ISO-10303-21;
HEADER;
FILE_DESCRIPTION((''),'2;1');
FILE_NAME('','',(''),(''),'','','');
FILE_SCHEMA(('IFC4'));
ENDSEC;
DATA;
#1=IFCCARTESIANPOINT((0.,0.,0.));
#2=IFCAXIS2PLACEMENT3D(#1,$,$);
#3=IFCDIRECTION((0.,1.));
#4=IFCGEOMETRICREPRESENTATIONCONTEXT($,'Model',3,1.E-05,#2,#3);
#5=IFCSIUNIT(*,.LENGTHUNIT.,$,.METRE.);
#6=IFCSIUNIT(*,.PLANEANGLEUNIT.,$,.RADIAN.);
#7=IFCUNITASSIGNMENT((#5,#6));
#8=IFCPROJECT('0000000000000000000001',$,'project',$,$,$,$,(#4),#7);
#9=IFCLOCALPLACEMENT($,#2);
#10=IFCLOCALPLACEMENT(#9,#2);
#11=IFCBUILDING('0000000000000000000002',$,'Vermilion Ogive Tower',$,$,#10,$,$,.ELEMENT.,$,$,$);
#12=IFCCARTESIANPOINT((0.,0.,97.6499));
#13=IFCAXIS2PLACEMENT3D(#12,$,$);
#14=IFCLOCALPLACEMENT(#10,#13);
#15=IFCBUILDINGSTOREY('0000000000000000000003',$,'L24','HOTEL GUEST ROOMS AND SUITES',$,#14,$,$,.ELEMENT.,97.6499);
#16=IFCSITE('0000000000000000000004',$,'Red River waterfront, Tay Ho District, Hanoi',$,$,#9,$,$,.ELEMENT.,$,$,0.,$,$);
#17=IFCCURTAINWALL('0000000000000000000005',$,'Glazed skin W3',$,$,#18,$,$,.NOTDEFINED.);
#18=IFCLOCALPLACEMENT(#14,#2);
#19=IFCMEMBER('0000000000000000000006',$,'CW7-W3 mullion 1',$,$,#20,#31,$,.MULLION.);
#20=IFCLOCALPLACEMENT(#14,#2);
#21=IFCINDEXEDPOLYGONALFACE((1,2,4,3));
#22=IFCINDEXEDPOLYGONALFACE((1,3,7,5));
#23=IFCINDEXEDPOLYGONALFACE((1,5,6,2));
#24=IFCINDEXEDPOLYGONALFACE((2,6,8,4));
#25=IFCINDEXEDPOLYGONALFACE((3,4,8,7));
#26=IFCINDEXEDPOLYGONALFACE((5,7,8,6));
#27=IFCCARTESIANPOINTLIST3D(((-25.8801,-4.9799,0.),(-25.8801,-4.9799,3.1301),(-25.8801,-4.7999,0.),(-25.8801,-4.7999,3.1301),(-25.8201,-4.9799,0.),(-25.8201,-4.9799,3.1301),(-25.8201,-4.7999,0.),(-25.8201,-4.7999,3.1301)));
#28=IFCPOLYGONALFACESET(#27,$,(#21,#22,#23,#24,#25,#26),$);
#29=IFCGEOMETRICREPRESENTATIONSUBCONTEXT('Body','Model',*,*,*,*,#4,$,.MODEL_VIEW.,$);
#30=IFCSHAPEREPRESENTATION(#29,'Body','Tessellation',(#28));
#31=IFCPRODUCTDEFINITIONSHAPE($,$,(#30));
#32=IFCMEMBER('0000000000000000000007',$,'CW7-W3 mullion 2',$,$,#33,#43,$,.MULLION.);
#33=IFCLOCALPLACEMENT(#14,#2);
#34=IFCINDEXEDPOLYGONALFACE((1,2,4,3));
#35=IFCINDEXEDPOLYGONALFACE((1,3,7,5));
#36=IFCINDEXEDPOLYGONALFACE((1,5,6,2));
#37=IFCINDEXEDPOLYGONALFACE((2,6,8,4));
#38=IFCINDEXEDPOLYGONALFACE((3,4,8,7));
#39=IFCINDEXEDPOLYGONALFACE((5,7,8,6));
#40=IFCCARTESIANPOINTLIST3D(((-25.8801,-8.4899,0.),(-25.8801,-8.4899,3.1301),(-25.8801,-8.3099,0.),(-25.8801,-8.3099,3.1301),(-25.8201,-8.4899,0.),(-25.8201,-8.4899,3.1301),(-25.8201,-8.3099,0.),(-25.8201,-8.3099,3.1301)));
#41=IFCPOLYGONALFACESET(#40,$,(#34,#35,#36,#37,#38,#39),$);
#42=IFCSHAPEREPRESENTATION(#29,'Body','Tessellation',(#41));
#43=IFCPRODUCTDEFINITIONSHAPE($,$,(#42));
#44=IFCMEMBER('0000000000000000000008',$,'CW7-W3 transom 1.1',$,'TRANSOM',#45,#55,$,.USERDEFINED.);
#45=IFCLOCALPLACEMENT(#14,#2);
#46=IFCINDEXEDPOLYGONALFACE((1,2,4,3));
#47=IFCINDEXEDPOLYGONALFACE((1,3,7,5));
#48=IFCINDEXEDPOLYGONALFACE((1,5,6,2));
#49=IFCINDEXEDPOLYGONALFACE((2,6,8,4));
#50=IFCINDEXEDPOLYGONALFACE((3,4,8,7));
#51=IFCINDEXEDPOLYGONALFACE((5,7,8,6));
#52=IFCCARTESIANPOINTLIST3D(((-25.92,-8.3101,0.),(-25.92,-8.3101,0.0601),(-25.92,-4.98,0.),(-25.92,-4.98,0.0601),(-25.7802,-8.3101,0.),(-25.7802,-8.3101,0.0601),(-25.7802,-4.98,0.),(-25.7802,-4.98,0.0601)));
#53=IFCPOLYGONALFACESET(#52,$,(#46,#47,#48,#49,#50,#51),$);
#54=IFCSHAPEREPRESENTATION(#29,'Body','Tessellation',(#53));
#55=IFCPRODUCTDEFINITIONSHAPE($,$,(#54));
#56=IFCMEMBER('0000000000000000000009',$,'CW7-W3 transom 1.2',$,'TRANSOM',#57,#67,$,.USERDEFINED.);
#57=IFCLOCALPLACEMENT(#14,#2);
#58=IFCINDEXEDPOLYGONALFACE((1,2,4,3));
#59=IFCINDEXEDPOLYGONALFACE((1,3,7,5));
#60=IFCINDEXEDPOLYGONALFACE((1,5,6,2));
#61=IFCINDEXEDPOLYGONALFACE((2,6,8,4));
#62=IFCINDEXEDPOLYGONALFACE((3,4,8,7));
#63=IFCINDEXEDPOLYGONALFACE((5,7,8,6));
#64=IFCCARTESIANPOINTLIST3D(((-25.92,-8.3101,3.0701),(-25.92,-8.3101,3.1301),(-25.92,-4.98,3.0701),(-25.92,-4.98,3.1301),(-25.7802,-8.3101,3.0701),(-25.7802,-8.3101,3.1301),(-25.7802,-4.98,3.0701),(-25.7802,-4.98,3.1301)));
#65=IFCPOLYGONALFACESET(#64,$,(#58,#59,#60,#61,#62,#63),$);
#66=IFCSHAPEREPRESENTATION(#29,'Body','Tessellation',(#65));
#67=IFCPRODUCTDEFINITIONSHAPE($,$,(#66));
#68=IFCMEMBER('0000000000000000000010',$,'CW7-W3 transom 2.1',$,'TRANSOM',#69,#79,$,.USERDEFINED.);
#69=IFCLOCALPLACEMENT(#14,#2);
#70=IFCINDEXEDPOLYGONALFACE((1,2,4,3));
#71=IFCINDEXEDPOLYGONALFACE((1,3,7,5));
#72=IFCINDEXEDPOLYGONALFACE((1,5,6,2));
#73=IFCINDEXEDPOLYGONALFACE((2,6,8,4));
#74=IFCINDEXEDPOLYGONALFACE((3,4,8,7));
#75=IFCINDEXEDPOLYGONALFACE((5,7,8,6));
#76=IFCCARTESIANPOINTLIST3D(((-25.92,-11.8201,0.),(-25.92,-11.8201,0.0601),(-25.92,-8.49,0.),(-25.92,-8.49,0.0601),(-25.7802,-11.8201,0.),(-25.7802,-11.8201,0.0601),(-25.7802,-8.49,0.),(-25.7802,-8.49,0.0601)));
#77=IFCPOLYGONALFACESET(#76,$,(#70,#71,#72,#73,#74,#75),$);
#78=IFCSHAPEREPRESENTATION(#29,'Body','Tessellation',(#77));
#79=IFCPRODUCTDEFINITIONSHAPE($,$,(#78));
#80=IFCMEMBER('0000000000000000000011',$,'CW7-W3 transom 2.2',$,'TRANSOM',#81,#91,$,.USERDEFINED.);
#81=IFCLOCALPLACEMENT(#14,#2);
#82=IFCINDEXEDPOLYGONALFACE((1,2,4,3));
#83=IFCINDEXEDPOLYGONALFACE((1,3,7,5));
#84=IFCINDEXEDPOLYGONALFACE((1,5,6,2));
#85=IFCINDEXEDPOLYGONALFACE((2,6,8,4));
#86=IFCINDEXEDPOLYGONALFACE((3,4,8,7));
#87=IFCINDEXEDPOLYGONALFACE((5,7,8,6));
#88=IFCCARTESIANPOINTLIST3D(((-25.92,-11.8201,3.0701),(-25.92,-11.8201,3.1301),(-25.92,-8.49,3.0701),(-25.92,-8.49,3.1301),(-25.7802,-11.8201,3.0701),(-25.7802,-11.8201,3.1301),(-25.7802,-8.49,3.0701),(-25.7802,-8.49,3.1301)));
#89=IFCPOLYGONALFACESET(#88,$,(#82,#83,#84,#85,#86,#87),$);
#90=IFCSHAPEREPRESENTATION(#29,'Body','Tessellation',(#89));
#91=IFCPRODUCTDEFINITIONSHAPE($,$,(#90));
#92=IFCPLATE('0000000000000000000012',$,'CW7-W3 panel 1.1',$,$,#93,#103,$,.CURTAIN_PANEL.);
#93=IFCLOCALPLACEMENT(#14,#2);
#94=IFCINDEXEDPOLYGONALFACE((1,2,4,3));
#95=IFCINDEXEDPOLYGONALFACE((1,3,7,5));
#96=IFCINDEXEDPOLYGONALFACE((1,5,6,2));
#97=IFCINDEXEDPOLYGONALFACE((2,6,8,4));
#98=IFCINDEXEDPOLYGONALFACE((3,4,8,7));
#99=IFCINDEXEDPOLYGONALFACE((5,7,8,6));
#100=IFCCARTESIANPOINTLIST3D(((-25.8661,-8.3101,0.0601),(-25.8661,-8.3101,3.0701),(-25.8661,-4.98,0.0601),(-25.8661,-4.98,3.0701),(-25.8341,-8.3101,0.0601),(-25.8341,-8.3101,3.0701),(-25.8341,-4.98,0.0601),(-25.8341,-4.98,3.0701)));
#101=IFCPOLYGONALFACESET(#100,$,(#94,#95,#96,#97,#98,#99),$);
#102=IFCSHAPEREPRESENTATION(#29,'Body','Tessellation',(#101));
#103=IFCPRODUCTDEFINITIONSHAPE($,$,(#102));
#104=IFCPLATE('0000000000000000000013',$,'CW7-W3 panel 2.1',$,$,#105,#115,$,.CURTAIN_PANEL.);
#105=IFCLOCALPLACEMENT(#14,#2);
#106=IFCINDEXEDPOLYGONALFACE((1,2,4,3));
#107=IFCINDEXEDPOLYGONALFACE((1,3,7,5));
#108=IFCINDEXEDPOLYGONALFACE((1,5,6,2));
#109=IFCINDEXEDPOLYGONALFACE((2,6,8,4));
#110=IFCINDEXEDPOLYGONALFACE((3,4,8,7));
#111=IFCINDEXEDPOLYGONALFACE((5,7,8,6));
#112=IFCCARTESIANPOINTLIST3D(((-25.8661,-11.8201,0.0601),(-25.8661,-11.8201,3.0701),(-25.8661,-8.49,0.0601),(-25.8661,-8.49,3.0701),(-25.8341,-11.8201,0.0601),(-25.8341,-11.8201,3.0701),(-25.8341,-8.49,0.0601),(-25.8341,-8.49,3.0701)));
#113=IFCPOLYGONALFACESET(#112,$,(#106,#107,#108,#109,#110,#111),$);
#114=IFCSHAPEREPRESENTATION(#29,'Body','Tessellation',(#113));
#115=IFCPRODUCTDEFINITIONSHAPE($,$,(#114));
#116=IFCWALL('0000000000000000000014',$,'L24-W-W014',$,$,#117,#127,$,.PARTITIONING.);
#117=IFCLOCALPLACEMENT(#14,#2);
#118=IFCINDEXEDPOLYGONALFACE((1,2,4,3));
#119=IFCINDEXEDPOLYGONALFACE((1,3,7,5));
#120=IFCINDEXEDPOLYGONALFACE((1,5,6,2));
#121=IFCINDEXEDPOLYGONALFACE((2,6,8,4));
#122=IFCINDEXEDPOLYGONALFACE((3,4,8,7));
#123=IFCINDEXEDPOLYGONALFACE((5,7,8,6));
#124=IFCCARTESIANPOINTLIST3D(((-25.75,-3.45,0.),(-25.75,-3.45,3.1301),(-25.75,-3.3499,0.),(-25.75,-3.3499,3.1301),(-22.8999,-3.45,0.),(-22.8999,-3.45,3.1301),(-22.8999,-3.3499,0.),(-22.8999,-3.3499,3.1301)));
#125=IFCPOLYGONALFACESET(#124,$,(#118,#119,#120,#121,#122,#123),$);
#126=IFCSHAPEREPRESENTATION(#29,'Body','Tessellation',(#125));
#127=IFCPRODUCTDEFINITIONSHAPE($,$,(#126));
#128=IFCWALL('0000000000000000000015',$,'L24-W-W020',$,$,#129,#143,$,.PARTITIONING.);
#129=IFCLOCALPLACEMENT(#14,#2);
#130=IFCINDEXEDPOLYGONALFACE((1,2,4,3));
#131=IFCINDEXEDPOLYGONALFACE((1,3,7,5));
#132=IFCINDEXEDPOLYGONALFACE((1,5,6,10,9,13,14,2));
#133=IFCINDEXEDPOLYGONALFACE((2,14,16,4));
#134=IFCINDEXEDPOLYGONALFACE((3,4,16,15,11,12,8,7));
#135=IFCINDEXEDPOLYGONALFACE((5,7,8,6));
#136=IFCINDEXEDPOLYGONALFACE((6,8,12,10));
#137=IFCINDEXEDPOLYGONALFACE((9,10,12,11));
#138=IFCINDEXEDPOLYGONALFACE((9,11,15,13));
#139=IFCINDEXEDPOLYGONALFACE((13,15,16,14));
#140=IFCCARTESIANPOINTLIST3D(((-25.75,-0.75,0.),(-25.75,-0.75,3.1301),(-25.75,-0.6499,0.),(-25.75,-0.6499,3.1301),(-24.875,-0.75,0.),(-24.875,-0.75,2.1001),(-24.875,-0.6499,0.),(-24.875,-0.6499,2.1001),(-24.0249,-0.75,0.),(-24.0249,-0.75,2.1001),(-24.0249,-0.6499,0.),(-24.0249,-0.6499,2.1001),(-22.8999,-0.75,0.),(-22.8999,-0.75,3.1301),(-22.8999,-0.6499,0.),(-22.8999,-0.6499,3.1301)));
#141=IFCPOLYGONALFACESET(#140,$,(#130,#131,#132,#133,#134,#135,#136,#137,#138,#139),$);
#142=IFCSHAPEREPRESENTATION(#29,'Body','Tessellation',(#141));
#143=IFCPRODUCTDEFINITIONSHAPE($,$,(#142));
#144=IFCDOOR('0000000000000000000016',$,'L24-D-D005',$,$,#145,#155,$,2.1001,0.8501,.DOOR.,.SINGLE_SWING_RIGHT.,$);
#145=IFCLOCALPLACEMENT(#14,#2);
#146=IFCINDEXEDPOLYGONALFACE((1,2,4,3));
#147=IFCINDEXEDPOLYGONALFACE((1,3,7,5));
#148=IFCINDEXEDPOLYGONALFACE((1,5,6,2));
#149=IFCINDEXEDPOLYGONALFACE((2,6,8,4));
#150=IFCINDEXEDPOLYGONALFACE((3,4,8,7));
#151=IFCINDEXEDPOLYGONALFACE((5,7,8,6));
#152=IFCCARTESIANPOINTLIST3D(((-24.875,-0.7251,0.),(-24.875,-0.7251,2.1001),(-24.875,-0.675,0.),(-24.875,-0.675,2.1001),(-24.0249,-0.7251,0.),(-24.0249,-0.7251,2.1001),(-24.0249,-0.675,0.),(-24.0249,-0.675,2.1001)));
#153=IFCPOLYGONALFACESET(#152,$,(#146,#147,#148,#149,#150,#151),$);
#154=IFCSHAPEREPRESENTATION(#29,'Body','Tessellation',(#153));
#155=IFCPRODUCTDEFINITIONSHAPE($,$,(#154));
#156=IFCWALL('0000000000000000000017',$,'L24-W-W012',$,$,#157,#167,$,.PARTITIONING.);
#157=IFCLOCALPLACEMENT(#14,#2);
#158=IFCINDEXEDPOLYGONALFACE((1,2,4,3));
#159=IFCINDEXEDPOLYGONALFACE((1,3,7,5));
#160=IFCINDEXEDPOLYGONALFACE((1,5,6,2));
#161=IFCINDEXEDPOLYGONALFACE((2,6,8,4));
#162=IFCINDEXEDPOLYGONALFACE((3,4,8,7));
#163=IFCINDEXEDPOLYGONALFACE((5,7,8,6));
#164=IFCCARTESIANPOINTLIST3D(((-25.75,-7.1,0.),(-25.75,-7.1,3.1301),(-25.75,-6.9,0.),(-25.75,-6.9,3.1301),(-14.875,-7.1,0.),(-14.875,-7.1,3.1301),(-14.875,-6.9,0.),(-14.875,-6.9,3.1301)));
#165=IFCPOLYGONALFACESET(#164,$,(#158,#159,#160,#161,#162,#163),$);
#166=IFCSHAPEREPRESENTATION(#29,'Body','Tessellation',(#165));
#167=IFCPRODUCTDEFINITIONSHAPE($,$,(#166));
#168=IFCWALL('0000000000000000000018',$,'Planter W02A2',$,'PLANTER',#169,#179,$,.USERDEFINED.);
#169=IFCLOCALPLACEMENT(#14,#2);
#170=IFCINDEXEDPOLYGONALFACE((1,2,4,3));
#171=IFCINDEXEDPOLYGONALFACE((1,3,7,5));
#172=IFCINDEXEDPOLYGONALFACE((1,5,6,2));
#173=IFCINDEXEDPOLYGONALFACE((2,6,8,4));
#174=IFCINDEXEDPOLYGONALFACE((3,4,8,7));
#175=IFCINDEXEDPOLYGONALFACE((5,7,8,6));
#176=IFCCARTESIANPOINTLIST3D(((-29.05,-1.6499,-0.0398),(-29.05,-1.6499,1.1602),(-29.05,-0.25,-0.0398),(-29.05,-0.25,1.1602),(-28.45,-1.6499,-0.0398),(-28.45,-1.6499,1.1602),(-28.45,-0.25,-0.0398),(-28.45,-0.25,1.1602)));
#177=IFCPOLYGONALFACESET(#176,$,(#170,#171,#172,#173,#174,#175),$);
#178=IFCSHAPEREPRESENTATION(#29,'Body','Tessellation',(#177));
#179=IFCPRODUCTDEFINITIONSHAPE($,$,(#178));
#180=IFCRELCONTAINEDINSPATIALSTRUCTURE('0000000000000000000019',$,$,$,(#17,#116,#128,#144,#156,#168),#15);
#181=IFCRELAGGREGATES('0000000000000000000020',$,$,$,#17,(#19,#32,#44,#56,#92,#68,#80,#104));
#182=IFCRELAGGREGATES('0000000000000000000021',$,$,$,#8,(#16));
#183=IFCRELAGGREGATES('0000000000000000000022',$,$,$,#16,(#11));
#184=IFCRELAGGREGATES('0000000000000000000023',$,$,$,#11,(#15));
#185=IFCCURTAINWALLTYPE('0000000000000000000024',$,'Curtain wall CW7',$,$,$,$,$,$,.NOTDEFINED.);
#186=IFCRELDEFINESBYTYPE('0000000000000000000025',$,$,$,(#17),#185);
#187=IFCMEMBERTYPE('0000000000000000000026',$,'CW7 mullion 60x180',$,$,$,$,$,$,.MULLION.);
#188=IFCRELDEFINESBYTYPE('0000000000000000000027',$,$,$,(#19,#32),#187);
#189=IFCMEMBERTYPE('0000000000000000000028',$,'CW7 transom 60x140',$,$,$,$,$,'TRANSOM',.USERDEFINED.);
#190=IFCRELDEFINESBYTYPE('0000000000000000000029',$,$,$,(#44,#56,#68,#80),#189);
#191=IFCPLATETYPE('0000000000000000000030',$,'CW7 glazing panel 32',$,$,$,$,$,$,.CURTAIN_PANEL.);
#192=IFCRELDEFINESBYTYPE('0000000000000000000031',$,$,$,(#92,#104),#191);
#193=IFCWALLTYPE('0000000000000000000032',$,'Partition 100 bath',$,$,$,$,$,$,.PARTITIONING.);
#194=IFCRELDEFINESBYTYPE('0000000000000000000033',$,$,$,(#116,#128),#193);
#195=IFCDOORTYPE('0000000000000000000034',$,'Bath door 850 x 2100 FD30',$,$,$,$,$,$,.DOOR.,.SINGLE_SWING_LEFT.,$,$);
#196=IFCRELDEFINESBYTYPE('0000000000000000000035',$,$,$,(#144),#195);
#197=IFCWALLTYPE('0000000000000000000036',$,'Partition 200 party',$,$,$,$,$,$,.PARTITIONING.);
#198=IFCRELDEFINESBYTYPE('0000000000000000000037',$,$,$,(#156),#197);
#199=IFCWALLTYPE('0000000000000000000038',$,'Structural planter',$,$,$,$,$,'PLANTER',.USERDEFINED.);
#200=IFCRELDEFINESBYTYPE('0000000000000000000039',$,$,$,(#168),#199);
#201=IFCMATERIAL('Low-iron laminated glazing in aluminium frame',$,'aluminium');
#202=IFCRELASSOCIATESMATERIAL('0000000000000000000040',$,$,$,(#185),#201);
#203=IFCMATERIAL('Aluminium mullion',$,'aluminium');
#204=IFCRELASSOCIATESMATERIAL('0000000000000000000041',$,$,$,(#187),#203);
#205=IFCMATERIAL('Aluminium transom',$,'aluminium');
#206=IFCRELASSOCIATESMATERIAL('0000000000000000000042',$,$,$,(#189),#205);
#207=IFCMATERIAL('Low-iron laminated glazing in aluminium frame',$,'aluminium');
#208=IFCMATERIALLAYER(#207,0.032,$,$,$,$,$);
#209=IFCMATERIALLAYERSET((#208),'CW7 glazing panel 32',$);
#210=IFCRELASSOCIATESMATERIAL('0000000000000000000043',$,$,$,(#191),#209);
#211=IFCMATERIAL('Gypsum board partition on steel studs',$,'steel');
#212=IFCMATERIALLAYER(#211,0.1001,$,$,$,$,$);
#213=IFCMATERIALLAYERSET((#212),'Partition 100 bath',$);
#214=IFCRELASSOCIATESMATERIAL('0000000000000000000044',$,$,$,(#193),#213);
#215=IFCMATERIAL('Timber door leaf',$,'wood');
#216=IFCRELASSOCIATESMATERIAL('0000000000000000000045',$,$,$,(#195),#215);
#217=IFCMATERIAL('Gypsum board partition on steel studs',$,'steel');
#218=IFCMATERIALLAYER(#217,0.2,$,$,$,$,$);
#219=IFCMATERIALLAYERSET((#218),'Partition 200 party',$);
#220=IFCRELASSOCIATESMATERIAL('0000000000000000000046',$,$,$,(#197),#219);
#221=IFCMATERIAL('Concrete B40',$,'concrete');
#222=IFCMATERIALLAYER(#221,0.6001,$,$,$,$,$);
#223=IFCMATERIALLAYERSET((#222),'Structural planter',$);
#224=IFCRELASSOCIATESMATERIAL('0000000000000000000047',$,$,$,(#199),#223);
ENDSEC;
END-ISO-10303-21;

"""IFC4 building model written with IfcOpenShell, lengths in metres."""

from ifc_helpers import new_model, si_unit, direction, frame, frame_2d, origin, origin_2d, place, context, subcontext, project, spatial, rectangle, extrude, material, layer, layer_set, material_profile, profile_set, type_object, element, fill, aggregate, save


model = new_model("IFC4")

# Units and contexts
model_context = context("Model", 3, precision=1e-05, world=origin(), true_north=direction((0.0, 1.0)))
body_context = subcontext(model_context, "Body", "Model", "MODEL_VIEW")
ifc_project = project(units=[si_unit("LENGTHUNIT", "METRE"), si_unit("PLANEANGLEUNIT", "RADIAN")], contexts=[model_context])

# Site, building, storey
site_placement = place(None, origin())
site = spatial("IfcSite", under=ifc_project, at=site_placement, Name="Red River waterfront, Tay Ho District, Hanoi", CompositionType="ELEMENT", RefElevation=0.0)
building_placement = place(site_placement, origin())
building = spatial("IfcBuilding", under=site, at=building_placement, Name="Vermilion Ogive Tower", CompositionType="ELEMENT")
storey_placement = place(building_placement, frame((0.0, 0.0, 97.6499)))
storey = spatial("IfcBuildingStorey", under=building, at=storey_placement, Name="L24", Description="HOTEL GUEST ROOMS AND SUITES", CompositionType="ELEMENT", Elevation=97.6499)

# Curtain wall, members, plates
ifc_material_1 = material(Name="Low-iron laminated glazing in aluminium frame", Category="aluminium")
curtain_wall_type = type_object("IfcCurtainWallType", Name="Curtain wall CW7", PredefinedType="NOTDEFINED", material=ifc_material_1)
curtain_wall_placement = place(storey_placement, origin())
curtain_wall = element("IfcCurtainWall", 1, at=curtain_wall_placement, inside=storey, type_object=curtain_wall_type, Name="Glazed skin W3", PredefinedType="NOTDEFINED")
ifc_material_2 = material(Name="Aluminium mullion", Category="aluminium")
ifc_material_profile_1 = material_profile(ifc_material_2, rectangle(XDim=0.0601, YDim=0.1799, at=origin_2d()), Name="AL 60x180")
ifc_profile_set_1 = profile_set([ifc_material_profile_1], Name="Aluminium mullion")
member_type_1 = type_object("IfcMemberType", Name="CW7 mullion 60x180", PredefinedType="MULLION", material=ifc_profile_set_1)
member_1_placement = place(storey_placement, frame((-25.8501, -4.8899, 0.0), z_axis=(0.0, 0.0, 1.0), x_axis=(1.0, 0.0, 0.0)))
member_1 = element("IfcMember", 2, at=member_1_placement, type_object=member_type_1, Name="CW7-W3 mullion 1", PredefinedType="MULLION", context=body_context, shape_type="SweptSolid", body=[
    extrude(rectangle(XDim=0.0601, YDim=0.1799, at=origin_2d()), origin(), (0.0, 0.0, 1.0), 3.1301),
])
member_2_placement = place(storey_placement, frame((-25.8501, -8.3999, 0.0), z_axis=(0.0, 0.0, 1.0), x_axis=(1.0, 0.0, 0.0)))
member_2 = element("IfcMember", 3, at=member_2_placement, type_object=member_type_1, Name="CW7-W3 mullion 2", PredefinedType="MULLION", context=body_context, shape_type="SweptSolid", body=[
    extrude(rectangle(XDim=0.0601, YDim=0.1799, at=origin_2d()), origin(), (0.0, 0.0, 1.0), 3.1301),
])
ifc_material_3 = material(Name="Aluminium transom", Category="aluminium")
ifc_material_profile_2 = material_profile(ifc_material_3, rectangle(XDim=0.1399, YDim=0.0601, at=origin_2d()), Name="AL 60x140")
ifc_profile_set_2 = profile_set([ifc_material_profile_2], Name="Aluminium transom")
member_type_2 = type_object("IfcMemberType", Name="CW7 transom 60x140", ElementType="TRANSOM", PredefinedType="USERDEFINED", material=ifc_profile_set_2)
member_3_placement = place(storey_placement, frame((-25.8501, -4.98, 0.03), z_axis=(0.0, -1.0, 0.0), x_axis=(1.0, 0.0, 0.0)))
member_3 = element("IfcMember", 4, at=member_3_placement, type_object=member_type_2, Name="CW7-W3 transom 1.1", ObjectType="TRANSOM", PredefinedType="USERDEFINED", context=body_context, shape_type="SweptSolid", body=[
    extrude(rectangle(XDim=0.1399, YDim=0.0601, at=origin_2d()), origin(), (0.0, 0.0, 1.0), 3.3301),
])
member_4_placement = place(storey_placement, frame((-25.8501, -4.98, 3.1001), z_axis=(0.0, -1.0, 0.0), x_axis=(1.0, 0.0, 0.0)))
member_4 = element("IfcMember", 5, at=member_4_placement, type_object=member_type_2, Name="CW7-W3 transom 1.2", ObjectType="TRANSOM", PredefinedType="USERDEFINED", context=body_context, shape_type="SweptSolid", body=[
    extrude(rectangle(XDim=0.1399, YDim=0.0601, at=origin_2d()), origin(), (0.0, 0.0, 1.0), 3.3301),
])
member_5_placement = place(storey_placement, frame((-25.8501, -8.49, 0.03), z_axis=(0.0, -1.0, 0.0), x_axis=(1.0, 0.0, 0.0)))
member_5 = element("IfcMember", 6, at=member_5_placement, type_object=member_type_2, Name="CW7-W3 transom 2.1", ObjectType="TRANSOM", PredefinedType="USERDEFINED", context=body_context, shape_type="SweptSolid", body=[
    extrude(rectangle(XDim=0.1399, YDim=0.0601, at=origin_2d()), origin(), (0.0, 0.0, 1.0), 3.3301),
])
member_6_placement = place(storey_placement, frame((-25.8501, -8.49, 3.1001), z_axis=(0.0, -1.0, 0.0), x_axis=(1.0, 0.0, 0.0)))
member_6 = element("IfcMember", 7, at=member_6_placement, type_object=member_type_2, Name="CW7-W3 transom 2.2", ObjectType="TRANSOM", PredefinedType="USERDEFINED", context=body_context, shape_type="SweptSolid", body=[
    extrude(rectangle(XDim=0.1399, YDim=0.0601, at=origin_2d()), origin(), (0.0, 0.0, 1.0), 3.3301),
])
ifc_material_4 = material(Name="Low-iron laminated glazing in aluminium frame", Category="aluminium")
ifc_layer_1 = layer(ifc_material_4, 0.032)
ifc_layer_set_1 = layer_set([ifc_layer_1], Name="CW7 glazing panel 32")
plate_type = type_object("IfcPlateType", Name="CW7 glazing panel 32", PredefinedType="CURTAIN_PANEL", material=ifc_layer_set_1)
plate_1_placement = place(storey_placement, frame((-25.8501, -6.645, 0.0601), z_axis=(0.0, 0.0, 1.0), x_axis=(0.0, -1.0, 0.0)))
plate_1 = element("IfcPlate", 8, at=plate_1_placement, type_object=plate_type, Name="CW7-W3 panel 1.1", PredefinedType="CURTAIN_PANEL", context=body_context, shape_type="SweptSolid", body=[
    extrude(rectangle(XDim=3.3301, YDim=0.032, at=origin_2d()), origin(), (0.0, 0.0, 1.0), 3.01),
])
plate_2_placement = place(storey_placement, frame((-25.8501, -10.155, 0.0601), z_axis=(0.0, 0.0, 1.0), x_axis=(0.0, -1.0, 0.0)))
plate_2 = element("IfcPlate", 9, at=plate_2_placement, type_object=plate_type, Name="CW7-W3 panel 2.1", PredefinedType="CURTAIN_PANEL", context=body_context, shape_type="SweptSolid", body=[
    extrude(rectangle(XDim=3.3301, YDim=0.032, at=origin_2d()), origin(), (0.0, 0.0, 1.0), 3.01),
])
aggregate(curtain_wall, [member_1, member_2, member_3, member_4, plate_1, member_5, member_6, plate_2])

# Wall
ifc_material_5 = material(Name="Gypsum board partition on steel studs", Category="steel")
ifc_layer_2 = layer(ifc_material_5, 0.1001)
ifc_layer_set_2 = layer_set([ifc_layer_2], Name="Partition 100 bath")
wall_type_1 = type_object("IfcWallType", Name="Partition 100 bath", PredefinedType="PARTITIONING", material=ifc_layer_set_2)
wall_1_placement = place(storey_placement, frame((-25.75, -3.3999, 0.0), z_axis=(0.0, 0.0, 1.0), x_axis=(1.0, 0.0, 0.0)))
element("IfcWall", 10, at=wall_1_placement, inside=storey, type_object=wall_type_1, Name="L24-W-W014", PredefinedType="PARTITIONING", context=body_context, shape_type="SweptSolid", body=[
    extrude(rectangle(XDim=2.8501, YDim=0.1001, at=frame_2d((1.425, 0.0))), origin(), (0.0, 0.0, 1.0), 3.1301),
])

# Wall, opening, door
wall_2_placement = place(storey_placement, frame((-25.75, -0.7, 0.0), z_axis=(0.0, 0.0, 1.0), x_axis=(1.0, 0.0, 0.0)))
wall_2 = element("IfcWall", 11, at=wall_2_placement, inside=storey, type_object=wall_type_1, Name="L24-W-W020", PredefinedType="PARTITIONING", context=body_context, shape_type="SweptSolid", body=[
    extrude(rectangle(XDim=2.8501, YDim=0.1001, at=frame_2d((1.425, 0.0))), origin(), (0.0, 0.0, 1.0), 3.1301),
])
opening_placement = place(wall_2_placement, frame((0.875, 0.0, 0.0)))
opening = element("IfcOpeningElement", 12, at=opening_placement, cuts=wall_2, PredefinedType="OPENING", context=body_context, shape_type="SweptSolid", body=[
    extrude(rectangle(XDim=0.8501, YDim=2.1001, at=frame_2d((0.425, 1.05))), frame((0.0, 0.0601, 0.0), z_axis=(0.0, -1.0, 0.0), x_axis=(1.0, 0.0, 0.0)), (0.0, 0.0, 1.0), 0.1201),
])
ifc_material_6 = material(Name="Timber door leaf", Category="wood")
door_type = type_object("IfcDoorType", Name="Bath door 850 x 2100 FD30", OperationType="SINGLE_SWING_LEFT", PredefinedType="DOOR", material=ifc_material_6)
door_placement = place(opening_placement, origin())
door = element("IfcDoor", 13, at=door_placement, inside=storey, type_object=door_type, Name="L24-D-D005", OperationType="SINGLE_SWING_RIGHT", OverallHeight=2.1001, OverallWidth=0.8501, PredefinedType="DOOR", context=body_context, shape_type="SweptSolid", body=[
    extrude(rectangle(XDim=0.8501, YDim=2.1001, at=frame_2d((0.425, 1.05))), frame((0.0, 0.0249, 0.0), z_axis=(0.0, -1.0, 0.0), x_axis=(1.0, 0.0, 0.0)), (0.0, 0.0, 1.0), 0.05),
])
fill(opening, door)

# Walls
ifc_material_7 = material(Name="Gypsum board partition on steel studs", Category="steel")
ifc_layer_3 = layer(ifc_material_7, 0.2)
ifc_layer_set_3 = layer_set([ifc_layer_3], Name="Partition 200 party")
wall_type_2 = type_object("IfcWallType", Name="Partition 200 party", PredefinedType="PARTITIONING", material=ifc_layer_set_3)
wall_3_placement = place(storey_placement, frame((-25.75, -7.0, 0.0), z_axis=(0.0, 0.0, 1.0), x_axis=(1.0, 0.0, 0.0)))
element("IfcWall", 14, at=wall_3_placement, inside=storey, type_object=wall_type_2, Name="L24-W-W012", PredefinedType="PARTITIONING", context=body_context, shape_type="SweptSolid", body=[
    extrude(rectangle(XDim=10.875, YDim=0.2, at=frame_2d((5.4375, 0.0))), origin(), (0.0, 0.0, 1.0), 3.1301),
])
ifc_material_8 = material(Name="Concrete B40", Category="concrete")
ifc_layer_4 = layer(ifc_material_8, 0.6001)
ifc_layer_set_4 = layer_set([ifc_layer_4], Name="Structural planter")
wall_type_3 = type_object("IfcWallType", Name="Structural planter", ElementType="PLANTER", PredefinedType="USERDEFINED", material=ifc_layer_set_4)
wall_4_placement = place(storey_placement, frame((-28.75, -0.25, -0.0398), z_axis=(0.0, 0.0, 1.0), x_axis=(0.0, -1.0, 0.0)))
element("IfcWall", 15, at=wall_4_placement, inside=storey, type_object=wall_type_3, Name="Planter W02A2", ObjectType="PLANTER", PredefinedType="USERDEFINED", context=body_context, shape_type="SweptSolid", body=[
    extrude(rectangle(XDim=1.3999, YDim=0.6001, at=frame_2d((0.7, 0.0))), origin(), (0.0, 0.0, 1.0), 1.2),
])

save(model, "model.ifc")
